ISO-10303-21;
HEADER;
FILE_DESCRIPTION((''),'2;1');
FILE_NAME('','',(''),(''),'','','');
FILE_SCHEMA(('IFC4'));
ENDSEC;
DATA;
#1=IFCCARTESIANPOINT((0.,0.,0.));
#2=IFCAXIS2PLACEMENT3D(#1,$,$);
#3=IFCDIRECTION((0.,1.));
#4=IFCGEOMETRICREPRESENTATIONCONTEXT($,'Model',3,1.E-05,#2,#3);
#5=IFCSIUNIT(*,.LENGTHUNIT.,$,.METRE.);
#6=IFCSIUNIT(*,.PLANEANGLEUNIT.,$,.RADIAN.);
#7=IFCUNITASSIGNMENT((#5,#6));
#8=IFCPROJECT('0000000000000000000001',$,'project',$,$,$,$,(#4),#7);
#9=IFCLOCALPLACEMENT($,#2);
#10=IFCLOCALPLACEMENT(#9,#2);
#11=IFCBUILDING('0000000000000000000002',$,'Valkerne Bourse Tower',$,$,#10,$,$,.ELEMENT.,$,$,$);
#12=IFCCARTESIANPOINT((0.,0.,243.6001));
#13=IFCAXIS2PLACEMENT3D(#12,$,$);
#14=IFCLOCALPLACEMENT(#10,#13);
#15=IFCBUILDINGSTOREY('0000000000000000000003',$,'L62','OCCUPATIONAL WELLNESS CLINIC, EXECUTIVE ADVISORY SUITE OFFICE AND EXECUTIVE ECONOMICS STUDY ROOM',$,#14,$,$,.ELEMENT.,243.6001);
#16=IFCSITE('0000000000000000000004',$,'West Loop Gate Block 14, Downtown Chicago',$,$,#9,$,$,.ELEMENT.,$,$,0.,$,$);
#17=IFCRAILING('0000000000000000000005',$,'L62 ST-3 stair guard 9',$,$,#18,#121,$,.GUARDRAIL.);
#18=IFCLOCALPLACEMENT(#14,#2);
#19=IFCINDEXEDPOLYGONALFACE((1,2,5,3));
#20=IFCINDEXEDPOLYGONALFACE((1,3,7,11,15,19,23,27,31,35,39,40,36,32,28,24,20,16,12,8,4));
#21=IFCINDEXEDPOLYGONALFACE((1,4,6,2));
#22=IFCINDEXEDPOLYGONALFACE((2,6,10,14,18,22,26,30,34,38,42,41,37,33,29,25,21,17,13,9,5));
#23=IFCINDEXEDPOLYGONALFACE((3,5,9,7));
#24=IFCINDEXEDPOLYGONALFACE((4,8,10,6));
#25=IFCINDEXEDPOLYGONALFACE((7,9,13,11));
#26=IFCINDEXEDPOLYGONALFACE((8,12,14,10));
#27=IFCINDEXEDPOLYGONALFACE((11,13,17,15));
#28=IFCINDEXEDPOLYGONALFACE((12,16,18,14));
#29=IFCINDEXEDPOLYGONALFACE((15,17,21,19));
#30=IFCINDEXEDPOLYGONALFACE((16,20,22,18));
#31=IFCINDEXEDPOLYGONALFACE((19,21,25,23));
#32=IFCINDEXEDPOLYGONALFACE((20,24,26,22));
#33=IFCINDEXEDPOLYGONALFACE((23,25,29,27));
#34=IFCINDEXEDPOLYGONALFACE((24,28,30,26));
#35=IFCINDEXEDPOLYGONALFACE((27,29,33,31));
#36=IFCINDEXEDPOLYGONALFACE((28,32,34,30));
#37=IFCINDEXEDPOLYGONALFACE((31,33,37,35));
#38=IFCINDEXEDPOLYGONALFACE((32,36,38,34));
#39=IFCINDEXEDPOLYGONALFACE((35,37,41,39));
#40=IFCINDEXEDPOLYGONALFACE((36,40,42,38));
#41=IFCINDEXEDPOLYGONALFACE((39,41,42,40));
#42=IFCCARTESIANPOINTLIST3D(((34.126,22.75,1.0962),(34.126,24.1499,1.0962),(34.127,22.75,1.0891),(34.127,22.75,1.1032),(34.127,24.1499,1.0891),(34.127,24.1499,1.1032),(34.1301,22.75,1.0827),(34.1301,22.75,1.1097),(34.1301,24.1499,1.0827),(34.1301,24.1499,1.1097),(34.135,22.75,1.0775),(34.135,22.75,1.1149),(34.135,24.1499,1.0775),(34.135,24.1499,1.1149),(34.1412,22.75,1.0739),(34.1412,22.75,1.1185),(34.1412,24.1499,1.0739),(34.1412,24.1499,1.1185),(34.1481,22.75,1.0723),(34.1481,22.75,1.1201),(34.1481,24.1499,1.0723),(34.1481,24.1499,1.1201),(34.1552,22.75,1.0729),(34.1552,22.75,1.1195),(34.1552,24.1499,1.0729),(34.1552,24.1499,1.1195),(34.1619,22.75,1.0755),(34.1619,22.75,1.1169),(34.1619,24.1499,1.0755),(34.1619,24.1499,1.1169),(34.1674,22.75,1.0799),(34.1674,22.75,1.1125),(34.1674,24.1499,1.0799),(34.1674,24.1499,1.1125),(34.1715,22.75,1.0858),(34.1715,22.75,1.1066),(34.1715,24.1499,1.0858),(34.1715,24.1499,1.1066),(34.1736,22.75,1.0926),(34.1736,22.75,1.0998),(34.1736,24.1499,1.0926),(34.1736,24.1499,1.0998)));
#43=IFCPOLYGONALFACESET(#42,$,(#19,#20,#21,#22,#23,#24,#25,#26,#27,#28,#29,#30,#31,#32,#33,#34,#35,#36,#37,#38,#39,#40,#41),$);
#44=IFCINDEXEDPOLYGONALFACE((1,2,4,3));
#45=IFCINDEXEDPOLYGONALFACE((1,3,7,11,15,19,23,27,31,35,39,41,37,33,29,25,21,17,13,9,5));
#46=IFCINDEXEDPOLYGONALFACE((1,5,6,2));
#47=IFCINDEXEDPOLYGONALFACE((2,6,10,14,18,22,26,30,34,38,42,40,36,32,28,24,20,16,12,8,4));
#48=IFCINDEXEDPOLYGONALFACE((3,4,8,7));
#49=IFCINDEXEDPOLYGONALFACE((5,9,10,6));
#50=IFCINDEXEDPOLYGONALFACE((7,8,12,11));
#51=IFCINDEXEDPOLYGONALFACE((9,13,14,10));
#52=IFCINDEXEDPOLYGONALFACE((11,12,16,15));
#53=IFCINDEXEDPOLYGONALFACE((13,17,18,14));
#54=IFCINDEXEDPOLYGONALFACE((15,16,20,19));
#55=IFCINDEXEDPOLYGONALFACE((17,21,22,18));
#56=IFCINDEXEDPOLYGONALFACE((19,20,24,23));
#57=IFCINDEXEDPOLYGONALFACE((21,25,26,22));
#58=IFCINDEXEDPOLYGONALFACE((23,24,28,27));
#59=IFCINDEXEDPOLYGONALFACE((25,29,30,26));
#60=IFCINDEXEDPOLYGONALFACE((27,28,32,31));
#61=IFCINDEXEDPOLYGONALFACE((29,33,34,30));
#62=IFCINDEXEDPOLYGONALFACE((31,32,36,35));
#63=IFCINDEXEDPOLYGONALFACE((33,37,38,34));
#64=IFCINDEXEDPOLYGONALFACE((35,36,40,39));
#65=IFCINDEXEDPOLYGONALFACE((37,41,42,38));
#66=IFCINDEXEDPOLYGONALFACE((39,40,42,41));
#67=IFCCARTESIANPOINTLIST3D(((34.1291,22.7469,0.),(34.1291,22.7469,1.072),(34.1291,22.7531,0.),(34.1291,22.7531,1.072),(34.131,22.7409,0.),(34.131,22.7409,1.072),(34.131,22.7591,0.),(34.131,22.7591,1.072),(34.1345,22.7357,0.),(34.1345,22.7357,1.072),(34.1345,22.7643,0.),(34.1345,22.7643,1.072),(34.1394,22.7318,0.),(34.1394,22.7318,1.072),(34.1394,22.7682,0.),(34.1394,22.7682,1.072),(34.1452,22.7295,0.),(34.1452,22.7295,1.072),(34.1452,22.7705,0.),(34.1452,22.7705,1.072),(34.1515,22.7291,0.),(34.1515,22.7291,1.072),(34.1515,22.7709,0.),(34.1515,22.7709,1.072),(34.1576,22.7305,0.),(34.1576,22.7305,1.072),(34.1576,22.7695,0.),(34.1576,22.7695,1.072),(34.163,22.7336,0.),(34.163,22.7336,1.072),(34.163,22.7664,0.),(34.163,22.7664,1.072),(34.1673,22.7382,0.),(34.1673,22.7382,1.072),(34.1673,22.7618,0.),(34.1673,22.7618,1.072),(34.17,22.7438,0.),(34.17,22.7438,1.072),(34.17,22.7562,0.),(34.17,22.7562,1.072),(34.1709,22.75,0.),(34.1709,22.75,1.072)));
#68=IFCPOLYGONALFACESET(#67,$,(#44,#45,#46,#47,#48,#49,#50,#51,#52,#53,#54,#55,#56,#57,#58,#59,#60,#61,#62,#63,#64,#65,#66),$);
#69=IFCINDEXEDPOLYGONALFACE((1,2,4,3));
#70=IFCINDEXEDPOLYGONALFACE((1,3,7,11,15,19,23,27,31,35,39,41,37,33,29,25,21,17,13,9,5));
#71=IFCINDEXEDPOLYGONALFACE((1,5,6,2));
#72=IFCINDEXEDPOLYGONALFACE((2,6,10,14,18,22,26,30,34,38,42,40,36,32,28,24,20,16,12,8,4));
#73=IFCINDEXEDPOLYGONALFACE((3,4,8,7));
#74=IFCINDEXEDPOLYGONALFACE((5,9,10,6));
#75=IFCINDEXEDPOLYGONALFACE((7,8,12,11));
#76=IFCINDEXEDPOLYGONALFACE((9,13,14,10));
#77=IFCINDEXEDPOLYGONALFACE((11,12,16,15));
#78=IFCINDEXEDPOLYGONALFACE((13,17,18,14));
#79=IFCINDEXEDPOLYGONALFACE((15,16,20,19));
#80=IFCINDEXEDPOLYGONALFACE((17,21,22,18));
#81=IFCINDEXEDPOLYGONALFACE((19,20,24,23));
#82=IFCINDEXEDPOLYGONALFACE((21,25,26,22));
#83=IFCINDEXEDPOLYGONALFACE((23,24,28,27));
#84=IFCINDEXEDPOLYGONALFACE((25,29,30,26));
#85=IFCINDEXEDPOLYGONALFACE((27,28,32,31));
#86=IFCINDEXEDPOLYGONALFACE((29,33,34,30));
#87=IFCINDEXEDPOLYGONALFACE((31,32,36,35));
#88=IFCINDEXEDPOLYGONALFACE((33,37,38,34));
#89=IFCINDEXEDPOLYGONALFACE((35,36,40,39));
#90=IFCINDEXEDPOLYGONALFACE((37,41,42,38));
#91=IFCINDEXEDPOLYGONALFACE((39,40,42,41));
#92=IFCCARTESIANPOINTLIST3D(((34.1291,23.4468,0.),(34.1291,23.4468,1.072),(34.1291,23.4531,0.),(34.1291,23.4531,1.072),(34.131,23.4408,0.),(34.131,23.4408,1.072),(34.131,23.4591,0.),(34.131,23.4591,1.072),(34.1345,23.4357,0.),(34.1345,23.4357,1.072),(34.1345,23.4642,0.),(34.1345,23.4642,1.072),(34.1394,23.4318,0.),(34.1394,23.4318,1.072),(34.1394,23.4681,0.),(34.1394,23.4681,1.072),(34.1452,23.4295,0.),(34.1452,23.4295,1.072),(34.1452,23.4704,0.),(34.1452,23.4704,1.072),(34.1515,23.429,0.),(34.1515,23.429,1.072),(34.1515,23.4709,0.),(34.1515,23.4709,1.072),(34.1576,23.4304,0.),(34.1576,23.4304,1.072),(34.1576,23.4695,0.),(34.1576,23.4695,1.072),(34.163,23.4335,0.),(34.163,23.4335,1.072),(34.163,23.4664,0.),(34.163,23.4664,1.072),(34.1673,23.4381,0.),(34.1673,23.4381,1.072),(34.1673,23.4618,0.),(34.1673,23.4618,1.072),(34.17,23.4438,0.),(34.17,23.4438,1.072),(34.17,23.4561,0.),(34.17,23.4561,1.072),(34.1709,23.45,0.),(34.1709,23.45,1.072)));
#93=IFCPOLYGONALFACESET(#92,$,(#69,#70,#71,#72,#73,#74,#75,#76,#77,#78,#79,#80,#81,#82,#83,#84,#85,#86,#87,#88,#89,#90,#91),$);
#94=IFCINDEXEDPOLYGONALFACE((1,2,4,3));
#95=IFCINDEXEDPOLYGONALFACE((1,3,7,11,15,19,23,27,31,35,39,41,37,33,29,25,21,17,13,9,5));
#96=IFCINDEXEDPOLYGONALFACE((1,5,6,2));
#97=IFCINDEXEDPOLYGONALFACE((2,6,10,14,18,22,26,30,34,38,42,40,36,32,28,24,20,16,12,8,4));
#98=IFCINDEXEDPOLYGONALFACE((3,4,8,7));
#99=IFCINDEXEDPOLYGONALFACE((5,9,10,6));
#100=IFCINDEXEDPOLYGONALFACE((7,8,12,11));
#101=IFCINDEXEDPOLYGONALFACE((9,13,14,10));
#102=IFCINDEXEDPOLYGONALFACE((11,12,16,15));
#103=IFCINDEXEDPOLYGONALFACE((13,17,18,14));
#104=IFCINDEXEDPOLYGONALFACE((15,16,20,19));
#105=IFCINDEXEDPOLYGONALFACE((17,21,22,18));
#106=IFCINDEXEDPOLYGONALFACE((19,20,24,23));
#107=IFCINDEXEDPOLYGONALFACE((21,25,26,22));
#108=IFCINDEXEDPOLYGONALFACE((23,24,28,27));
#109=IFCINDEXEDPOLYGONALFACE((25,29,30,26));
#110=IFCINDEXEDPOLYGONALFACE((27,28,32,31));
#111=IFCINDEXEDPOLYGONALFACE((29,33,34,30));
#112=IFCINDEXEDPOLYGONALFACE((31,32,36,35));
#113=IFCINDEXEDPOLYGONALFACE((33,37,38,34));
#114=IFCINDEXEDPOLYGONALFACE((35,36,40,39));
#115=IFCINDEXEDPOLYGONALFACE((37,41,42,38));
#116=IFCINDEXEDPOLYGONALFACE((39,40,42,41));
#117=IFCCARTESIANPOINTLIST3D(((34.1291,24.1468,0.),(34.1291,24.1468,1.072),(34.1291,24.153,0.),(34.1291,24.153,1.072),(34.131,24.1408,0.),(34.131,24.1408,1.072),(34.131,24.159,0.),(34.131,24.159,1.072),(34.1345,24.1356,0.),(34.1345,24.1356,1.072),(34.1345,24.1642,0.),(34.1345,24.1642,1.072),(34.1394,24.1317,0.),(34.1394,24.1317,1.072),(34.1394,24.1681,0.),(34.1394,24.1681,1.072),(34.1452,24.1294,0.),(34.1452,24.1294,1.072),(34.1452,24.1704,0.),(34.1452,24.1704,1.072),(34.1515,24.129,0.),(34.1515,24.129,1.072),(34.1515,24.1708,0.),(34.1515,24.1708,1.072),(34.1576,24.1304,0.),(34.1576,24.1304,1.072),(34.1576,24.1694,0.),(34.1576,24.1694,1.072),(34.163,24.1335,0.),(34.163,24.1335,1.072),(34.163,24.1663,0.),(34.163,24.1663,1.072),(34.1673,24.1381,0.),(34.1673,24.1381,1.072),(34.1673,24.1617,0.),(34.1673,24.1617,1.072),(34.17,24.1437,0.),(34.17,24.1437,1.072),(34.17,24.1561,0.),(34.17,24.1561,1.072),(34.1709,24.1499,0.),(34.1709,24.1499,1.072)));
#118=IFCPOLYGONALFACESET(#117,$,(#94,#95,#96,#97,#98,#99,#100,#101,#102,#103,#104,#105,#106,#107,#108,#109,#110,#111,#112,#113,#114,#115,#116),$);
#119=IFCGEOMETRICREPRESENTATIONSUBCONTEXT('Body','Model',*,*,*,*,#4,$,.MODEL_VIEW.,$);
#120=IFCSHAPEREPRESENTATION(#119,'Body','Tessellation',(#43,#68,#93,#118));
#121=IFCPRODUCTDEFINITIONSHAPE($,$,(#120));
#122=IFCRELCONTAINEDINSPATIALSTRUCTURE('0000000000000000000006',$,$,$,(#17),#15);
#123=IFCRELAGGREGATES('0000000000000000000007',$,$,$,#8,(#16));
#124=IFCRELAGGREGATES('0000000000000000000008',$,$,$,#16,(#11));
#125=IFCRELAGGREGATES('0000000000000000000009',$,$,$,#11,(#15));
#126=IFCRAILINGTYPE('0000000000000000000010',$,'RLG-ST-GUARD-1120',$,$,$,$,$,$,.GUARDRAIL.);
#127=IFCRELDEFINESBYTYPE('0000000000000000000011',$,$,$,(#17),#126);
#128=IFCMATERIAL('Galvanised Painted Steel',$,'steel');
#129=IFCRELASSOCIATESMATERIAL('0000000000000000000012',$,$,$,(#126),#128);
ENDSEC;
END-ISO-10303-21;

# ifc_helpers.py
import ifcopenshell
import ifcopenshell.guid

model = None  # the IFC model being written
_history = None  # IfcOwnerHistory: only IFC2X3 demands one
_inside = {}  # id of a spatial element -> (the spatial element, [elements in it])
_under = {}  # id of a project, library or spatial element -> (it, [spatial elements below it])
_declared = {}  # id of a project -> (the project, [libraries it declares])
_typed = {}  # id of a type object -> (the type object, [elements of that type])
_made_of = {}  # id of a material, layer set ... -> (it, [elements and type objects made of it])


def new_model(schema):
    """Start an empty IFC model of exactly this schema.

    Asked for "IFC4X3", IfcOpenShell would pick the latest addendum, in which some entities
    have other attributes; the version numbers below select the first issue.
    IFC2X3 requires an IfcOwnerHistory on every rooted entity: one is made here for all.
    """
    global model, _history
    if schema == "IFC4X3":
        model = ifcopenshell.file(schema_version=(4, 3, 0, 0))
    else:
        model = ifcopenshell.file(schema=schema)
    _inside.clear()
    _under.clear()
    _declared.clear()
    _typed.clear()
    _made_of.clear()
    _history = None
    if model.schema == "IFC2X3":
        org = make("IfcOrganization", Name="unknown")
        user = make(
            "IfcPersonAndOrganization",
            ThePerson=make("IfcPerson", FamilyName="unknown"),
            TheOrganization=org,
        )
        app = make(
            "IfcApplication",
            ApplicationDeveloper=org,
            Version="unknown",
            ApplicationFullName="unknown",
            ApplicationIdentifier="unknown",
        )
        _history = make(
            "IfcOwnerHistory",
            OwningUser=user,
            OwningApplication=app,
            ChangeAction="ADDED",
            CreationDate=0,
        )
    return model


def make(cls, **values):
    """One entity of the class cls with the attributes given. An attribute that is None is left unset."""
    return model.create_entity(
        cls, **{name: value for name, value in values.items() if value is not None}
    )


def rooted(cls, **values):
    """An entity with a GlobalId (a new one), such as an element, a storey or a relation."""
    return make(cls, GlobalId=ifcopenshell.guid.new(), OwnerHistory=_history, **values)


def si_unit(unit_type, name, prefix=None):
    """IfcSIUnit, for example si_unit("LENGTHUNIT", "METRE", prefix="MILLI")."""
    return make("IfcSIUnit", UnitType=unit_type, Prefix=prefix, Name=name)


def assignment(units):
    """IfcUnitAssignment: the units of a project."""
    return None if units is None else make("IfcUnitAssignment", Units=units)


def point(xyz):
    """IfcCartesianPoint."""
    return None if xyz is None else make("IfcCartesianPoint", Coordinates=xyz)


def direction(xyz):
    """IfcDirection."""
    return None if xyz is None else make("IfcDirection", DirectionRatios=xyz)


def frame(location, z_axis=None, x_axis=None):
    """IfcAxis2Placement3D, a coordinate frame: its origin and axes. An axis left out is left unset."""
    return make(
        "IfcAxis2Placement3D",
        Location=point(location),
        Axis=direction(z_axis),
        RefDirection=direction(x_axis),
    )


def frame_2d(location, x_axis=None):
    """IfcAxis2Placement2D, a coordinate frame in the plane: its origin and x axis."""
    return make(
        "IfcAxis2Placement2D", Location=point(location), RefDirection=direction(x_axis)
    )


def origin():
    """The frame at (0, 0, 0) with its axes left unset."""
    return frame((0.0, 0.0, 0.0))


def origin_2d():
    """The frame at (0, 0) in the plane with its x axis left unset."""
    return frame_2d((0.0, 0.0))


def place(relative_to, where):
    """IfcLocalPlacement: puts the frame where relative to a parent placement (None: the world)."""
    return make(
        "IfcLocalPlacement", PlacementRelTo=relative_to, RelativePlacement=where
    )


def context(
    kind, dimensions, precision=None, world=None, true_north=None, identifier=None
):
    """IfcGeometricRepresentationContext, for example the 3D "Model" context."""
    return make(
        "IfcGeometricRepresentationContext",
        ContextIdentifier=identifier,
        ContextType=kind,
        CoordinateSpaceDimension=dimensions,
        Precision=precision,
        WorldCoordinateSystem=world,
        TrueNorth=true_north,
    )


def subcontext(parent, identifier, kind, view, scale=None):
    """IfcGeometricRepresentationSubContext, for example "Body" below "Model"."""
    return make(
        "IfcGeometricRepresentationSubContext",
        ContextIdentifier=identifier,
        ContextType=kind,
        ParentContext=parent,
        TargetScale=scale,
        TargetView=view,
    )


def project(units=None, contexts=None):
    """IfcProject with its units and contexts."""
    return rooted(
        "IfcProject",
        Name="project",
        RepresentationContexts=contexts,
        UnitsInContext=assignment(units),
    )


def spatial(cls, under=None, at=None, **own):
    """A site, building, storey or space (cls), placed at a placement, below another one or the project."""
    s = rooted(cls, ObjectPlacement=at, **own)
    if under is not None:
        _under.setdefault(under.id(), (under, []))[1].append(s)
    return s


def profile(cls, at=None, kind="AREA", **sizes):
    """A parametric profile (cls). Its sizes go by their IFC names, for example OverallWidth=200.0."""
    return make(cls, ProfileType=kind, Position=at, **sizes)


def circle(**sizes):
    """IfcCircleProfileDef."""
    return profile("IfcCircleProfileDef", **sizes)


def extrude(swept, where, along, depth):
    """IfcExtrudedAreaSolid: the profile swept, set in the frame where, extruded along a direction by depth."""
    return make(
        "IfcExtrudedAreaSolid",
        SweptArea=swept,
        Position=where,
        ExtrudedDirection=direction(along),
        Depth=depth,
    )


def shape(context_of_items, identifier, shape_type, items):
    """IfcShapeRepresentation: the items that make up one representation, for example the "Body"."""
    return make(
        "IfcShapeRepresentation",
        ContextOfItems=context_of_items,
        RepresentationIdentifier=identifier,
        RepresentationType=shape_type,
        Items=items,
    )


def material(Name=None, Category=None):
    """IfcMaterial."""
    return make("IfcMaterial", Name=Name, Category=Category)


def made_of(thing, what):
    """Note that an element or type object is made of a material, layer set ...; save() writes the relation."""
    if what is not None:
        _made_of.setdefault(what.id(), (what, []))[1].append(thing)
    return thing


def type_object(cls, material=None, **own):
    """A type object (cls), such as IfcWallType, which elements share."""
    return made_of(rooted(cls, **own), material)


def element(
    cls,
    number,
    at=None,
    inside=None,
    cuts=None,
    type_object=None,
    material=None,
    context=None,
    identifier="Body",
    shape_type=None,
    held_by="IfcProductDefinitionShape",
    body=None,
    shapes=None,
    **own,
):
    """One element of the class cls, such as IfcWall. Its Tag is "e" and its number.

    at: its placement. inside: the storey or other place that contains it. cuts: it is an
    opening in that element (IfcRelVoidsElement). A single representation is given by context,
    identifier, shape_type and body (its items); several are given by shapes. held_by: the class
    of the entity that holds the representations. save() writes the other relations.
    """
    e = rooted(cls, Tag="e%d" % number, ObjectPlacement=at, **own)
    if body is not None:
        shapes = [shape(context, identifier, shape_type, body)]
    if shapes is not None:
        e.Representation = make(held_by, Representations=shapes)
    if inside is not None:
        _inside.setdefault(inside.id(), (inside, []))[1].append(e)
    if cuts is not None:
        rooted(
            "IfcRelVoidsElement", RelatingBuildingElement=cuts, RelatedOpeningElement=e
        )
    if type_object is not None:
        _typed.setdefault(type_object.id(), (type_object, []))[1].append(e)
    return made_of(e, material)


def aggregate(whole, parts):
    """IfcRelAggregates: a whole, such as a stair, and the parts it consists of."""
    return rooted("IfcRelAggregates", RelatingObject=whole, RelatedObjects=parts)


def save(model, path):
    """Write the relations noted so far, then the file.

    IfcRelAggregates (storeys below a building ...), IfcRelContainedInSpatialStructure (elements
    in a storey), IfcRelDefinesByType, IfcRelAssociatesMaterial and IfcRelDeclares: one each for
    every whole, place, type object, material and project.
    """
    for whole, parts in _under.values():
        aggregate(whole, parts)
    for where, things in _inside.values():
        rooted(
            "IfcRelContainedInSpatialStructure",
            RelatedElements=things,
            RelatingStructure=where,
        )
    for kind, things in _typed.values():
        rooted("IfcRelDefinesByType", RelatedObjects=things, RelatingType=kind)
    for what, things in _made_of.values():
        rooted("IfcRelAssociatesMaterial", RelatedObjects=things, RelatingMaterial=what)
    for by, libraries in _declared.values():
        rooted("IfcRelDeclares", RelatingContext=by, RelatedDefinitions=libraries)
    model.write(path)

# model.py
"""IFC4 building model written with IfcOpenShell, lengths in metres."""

from ifc_helpers import new_model, si_unit, direction, frame, origin, origin_2d, place, context, subcontext, project, spatial, circle, extrude, material, type_object, element, save


model = new_model("IFC4")

# Units and contexts
model_context = context("Model", 3, precision=1e-05, world=origin(), true_north=direction((0.0, 1.0)))
body_context = subcontext(model_context, "Body", "Model", "MODEL_VIEW")
ifc_project = project(units=[si_unit("LENGTHUNIT", "METRE"), si_unit("PLANEANGLEUNIT", "RADIAN")], contexts=[model_context])

# Site, building, storey
site_placement = place(None, origin())
site = spatial("IfcSite", under=ifc_project, at=site_placement, Name="West Loop Gate Block 14, Downtown Chicago", CompositionType="ELEMENT", RefElevation=0.0)
building_placement = place(site_placement, origin())
building = spatial("IfcBuilding", under=site, at=building_placement, Name="Valkerne Bourse Tower", CompositionType="ELEMENT")
storey_placement = place(building_placement, frame((0.0, 0.0, 243.6001)))
storey = spatial("IfcBuildingStorey", under=building, at=storey_placement, Name="L62", Description="OCCUPATIONAL WELLNESS CLINIC, EXECUTIVE ADVISORY SUITE OFFICE AND EXECUTIVE ECONOMICS STUDY ROOM", CompositionType="ELEMENT", Elevation=243.6001)

# Shared definitions
ifc_material_1 = material(Name="Galvanised Painted Steel", Category="steel")

# Railing
railing_type = type_object("IfcRailingType", Name="RLG-ST-GUARD-1120", PredefinedType="GUARDRAIL", material=ifc_material_1)
railing_1_placement = place(storey_placement, frame((34.1499, 22.75, 0.0)))
element("IfcRailing", 1, at=railing_1_placement, inside=storey, type_object=railing_type, Name="L62 ST-3 stair guard 9", PredefinedType="GUARDRAIL", context=body_context, shape_type="SweptSolid", body=[
    extrude(circle(Radius=0.0239, at=origin_2d()), frame((0.0, 0.0, 1.0962), z_axis=(0.0, 1.0, 0.0), x_axis=(-1.0, 0.0, 0.0)), (0.0, 0.0, 1.0), 1.3999),
    extrude(circle(Radius=0.021, at=origin_2d()), origin(), (0.0, 0.0, 1.0), 1.072),
    extrude(circle(Radius=0.021, at=origin_2d()), frame((0.0, 0.7, 0.0)), (0.0, 0.0, 1.0), 1.072),
    extrude(circle(Radius=0.021, at=origin_2d()), frame((0.0, 1.3999, 0.0)), (0.0, 0.0, 1.0), 1.072),
])

save(model, "model.ifc")
